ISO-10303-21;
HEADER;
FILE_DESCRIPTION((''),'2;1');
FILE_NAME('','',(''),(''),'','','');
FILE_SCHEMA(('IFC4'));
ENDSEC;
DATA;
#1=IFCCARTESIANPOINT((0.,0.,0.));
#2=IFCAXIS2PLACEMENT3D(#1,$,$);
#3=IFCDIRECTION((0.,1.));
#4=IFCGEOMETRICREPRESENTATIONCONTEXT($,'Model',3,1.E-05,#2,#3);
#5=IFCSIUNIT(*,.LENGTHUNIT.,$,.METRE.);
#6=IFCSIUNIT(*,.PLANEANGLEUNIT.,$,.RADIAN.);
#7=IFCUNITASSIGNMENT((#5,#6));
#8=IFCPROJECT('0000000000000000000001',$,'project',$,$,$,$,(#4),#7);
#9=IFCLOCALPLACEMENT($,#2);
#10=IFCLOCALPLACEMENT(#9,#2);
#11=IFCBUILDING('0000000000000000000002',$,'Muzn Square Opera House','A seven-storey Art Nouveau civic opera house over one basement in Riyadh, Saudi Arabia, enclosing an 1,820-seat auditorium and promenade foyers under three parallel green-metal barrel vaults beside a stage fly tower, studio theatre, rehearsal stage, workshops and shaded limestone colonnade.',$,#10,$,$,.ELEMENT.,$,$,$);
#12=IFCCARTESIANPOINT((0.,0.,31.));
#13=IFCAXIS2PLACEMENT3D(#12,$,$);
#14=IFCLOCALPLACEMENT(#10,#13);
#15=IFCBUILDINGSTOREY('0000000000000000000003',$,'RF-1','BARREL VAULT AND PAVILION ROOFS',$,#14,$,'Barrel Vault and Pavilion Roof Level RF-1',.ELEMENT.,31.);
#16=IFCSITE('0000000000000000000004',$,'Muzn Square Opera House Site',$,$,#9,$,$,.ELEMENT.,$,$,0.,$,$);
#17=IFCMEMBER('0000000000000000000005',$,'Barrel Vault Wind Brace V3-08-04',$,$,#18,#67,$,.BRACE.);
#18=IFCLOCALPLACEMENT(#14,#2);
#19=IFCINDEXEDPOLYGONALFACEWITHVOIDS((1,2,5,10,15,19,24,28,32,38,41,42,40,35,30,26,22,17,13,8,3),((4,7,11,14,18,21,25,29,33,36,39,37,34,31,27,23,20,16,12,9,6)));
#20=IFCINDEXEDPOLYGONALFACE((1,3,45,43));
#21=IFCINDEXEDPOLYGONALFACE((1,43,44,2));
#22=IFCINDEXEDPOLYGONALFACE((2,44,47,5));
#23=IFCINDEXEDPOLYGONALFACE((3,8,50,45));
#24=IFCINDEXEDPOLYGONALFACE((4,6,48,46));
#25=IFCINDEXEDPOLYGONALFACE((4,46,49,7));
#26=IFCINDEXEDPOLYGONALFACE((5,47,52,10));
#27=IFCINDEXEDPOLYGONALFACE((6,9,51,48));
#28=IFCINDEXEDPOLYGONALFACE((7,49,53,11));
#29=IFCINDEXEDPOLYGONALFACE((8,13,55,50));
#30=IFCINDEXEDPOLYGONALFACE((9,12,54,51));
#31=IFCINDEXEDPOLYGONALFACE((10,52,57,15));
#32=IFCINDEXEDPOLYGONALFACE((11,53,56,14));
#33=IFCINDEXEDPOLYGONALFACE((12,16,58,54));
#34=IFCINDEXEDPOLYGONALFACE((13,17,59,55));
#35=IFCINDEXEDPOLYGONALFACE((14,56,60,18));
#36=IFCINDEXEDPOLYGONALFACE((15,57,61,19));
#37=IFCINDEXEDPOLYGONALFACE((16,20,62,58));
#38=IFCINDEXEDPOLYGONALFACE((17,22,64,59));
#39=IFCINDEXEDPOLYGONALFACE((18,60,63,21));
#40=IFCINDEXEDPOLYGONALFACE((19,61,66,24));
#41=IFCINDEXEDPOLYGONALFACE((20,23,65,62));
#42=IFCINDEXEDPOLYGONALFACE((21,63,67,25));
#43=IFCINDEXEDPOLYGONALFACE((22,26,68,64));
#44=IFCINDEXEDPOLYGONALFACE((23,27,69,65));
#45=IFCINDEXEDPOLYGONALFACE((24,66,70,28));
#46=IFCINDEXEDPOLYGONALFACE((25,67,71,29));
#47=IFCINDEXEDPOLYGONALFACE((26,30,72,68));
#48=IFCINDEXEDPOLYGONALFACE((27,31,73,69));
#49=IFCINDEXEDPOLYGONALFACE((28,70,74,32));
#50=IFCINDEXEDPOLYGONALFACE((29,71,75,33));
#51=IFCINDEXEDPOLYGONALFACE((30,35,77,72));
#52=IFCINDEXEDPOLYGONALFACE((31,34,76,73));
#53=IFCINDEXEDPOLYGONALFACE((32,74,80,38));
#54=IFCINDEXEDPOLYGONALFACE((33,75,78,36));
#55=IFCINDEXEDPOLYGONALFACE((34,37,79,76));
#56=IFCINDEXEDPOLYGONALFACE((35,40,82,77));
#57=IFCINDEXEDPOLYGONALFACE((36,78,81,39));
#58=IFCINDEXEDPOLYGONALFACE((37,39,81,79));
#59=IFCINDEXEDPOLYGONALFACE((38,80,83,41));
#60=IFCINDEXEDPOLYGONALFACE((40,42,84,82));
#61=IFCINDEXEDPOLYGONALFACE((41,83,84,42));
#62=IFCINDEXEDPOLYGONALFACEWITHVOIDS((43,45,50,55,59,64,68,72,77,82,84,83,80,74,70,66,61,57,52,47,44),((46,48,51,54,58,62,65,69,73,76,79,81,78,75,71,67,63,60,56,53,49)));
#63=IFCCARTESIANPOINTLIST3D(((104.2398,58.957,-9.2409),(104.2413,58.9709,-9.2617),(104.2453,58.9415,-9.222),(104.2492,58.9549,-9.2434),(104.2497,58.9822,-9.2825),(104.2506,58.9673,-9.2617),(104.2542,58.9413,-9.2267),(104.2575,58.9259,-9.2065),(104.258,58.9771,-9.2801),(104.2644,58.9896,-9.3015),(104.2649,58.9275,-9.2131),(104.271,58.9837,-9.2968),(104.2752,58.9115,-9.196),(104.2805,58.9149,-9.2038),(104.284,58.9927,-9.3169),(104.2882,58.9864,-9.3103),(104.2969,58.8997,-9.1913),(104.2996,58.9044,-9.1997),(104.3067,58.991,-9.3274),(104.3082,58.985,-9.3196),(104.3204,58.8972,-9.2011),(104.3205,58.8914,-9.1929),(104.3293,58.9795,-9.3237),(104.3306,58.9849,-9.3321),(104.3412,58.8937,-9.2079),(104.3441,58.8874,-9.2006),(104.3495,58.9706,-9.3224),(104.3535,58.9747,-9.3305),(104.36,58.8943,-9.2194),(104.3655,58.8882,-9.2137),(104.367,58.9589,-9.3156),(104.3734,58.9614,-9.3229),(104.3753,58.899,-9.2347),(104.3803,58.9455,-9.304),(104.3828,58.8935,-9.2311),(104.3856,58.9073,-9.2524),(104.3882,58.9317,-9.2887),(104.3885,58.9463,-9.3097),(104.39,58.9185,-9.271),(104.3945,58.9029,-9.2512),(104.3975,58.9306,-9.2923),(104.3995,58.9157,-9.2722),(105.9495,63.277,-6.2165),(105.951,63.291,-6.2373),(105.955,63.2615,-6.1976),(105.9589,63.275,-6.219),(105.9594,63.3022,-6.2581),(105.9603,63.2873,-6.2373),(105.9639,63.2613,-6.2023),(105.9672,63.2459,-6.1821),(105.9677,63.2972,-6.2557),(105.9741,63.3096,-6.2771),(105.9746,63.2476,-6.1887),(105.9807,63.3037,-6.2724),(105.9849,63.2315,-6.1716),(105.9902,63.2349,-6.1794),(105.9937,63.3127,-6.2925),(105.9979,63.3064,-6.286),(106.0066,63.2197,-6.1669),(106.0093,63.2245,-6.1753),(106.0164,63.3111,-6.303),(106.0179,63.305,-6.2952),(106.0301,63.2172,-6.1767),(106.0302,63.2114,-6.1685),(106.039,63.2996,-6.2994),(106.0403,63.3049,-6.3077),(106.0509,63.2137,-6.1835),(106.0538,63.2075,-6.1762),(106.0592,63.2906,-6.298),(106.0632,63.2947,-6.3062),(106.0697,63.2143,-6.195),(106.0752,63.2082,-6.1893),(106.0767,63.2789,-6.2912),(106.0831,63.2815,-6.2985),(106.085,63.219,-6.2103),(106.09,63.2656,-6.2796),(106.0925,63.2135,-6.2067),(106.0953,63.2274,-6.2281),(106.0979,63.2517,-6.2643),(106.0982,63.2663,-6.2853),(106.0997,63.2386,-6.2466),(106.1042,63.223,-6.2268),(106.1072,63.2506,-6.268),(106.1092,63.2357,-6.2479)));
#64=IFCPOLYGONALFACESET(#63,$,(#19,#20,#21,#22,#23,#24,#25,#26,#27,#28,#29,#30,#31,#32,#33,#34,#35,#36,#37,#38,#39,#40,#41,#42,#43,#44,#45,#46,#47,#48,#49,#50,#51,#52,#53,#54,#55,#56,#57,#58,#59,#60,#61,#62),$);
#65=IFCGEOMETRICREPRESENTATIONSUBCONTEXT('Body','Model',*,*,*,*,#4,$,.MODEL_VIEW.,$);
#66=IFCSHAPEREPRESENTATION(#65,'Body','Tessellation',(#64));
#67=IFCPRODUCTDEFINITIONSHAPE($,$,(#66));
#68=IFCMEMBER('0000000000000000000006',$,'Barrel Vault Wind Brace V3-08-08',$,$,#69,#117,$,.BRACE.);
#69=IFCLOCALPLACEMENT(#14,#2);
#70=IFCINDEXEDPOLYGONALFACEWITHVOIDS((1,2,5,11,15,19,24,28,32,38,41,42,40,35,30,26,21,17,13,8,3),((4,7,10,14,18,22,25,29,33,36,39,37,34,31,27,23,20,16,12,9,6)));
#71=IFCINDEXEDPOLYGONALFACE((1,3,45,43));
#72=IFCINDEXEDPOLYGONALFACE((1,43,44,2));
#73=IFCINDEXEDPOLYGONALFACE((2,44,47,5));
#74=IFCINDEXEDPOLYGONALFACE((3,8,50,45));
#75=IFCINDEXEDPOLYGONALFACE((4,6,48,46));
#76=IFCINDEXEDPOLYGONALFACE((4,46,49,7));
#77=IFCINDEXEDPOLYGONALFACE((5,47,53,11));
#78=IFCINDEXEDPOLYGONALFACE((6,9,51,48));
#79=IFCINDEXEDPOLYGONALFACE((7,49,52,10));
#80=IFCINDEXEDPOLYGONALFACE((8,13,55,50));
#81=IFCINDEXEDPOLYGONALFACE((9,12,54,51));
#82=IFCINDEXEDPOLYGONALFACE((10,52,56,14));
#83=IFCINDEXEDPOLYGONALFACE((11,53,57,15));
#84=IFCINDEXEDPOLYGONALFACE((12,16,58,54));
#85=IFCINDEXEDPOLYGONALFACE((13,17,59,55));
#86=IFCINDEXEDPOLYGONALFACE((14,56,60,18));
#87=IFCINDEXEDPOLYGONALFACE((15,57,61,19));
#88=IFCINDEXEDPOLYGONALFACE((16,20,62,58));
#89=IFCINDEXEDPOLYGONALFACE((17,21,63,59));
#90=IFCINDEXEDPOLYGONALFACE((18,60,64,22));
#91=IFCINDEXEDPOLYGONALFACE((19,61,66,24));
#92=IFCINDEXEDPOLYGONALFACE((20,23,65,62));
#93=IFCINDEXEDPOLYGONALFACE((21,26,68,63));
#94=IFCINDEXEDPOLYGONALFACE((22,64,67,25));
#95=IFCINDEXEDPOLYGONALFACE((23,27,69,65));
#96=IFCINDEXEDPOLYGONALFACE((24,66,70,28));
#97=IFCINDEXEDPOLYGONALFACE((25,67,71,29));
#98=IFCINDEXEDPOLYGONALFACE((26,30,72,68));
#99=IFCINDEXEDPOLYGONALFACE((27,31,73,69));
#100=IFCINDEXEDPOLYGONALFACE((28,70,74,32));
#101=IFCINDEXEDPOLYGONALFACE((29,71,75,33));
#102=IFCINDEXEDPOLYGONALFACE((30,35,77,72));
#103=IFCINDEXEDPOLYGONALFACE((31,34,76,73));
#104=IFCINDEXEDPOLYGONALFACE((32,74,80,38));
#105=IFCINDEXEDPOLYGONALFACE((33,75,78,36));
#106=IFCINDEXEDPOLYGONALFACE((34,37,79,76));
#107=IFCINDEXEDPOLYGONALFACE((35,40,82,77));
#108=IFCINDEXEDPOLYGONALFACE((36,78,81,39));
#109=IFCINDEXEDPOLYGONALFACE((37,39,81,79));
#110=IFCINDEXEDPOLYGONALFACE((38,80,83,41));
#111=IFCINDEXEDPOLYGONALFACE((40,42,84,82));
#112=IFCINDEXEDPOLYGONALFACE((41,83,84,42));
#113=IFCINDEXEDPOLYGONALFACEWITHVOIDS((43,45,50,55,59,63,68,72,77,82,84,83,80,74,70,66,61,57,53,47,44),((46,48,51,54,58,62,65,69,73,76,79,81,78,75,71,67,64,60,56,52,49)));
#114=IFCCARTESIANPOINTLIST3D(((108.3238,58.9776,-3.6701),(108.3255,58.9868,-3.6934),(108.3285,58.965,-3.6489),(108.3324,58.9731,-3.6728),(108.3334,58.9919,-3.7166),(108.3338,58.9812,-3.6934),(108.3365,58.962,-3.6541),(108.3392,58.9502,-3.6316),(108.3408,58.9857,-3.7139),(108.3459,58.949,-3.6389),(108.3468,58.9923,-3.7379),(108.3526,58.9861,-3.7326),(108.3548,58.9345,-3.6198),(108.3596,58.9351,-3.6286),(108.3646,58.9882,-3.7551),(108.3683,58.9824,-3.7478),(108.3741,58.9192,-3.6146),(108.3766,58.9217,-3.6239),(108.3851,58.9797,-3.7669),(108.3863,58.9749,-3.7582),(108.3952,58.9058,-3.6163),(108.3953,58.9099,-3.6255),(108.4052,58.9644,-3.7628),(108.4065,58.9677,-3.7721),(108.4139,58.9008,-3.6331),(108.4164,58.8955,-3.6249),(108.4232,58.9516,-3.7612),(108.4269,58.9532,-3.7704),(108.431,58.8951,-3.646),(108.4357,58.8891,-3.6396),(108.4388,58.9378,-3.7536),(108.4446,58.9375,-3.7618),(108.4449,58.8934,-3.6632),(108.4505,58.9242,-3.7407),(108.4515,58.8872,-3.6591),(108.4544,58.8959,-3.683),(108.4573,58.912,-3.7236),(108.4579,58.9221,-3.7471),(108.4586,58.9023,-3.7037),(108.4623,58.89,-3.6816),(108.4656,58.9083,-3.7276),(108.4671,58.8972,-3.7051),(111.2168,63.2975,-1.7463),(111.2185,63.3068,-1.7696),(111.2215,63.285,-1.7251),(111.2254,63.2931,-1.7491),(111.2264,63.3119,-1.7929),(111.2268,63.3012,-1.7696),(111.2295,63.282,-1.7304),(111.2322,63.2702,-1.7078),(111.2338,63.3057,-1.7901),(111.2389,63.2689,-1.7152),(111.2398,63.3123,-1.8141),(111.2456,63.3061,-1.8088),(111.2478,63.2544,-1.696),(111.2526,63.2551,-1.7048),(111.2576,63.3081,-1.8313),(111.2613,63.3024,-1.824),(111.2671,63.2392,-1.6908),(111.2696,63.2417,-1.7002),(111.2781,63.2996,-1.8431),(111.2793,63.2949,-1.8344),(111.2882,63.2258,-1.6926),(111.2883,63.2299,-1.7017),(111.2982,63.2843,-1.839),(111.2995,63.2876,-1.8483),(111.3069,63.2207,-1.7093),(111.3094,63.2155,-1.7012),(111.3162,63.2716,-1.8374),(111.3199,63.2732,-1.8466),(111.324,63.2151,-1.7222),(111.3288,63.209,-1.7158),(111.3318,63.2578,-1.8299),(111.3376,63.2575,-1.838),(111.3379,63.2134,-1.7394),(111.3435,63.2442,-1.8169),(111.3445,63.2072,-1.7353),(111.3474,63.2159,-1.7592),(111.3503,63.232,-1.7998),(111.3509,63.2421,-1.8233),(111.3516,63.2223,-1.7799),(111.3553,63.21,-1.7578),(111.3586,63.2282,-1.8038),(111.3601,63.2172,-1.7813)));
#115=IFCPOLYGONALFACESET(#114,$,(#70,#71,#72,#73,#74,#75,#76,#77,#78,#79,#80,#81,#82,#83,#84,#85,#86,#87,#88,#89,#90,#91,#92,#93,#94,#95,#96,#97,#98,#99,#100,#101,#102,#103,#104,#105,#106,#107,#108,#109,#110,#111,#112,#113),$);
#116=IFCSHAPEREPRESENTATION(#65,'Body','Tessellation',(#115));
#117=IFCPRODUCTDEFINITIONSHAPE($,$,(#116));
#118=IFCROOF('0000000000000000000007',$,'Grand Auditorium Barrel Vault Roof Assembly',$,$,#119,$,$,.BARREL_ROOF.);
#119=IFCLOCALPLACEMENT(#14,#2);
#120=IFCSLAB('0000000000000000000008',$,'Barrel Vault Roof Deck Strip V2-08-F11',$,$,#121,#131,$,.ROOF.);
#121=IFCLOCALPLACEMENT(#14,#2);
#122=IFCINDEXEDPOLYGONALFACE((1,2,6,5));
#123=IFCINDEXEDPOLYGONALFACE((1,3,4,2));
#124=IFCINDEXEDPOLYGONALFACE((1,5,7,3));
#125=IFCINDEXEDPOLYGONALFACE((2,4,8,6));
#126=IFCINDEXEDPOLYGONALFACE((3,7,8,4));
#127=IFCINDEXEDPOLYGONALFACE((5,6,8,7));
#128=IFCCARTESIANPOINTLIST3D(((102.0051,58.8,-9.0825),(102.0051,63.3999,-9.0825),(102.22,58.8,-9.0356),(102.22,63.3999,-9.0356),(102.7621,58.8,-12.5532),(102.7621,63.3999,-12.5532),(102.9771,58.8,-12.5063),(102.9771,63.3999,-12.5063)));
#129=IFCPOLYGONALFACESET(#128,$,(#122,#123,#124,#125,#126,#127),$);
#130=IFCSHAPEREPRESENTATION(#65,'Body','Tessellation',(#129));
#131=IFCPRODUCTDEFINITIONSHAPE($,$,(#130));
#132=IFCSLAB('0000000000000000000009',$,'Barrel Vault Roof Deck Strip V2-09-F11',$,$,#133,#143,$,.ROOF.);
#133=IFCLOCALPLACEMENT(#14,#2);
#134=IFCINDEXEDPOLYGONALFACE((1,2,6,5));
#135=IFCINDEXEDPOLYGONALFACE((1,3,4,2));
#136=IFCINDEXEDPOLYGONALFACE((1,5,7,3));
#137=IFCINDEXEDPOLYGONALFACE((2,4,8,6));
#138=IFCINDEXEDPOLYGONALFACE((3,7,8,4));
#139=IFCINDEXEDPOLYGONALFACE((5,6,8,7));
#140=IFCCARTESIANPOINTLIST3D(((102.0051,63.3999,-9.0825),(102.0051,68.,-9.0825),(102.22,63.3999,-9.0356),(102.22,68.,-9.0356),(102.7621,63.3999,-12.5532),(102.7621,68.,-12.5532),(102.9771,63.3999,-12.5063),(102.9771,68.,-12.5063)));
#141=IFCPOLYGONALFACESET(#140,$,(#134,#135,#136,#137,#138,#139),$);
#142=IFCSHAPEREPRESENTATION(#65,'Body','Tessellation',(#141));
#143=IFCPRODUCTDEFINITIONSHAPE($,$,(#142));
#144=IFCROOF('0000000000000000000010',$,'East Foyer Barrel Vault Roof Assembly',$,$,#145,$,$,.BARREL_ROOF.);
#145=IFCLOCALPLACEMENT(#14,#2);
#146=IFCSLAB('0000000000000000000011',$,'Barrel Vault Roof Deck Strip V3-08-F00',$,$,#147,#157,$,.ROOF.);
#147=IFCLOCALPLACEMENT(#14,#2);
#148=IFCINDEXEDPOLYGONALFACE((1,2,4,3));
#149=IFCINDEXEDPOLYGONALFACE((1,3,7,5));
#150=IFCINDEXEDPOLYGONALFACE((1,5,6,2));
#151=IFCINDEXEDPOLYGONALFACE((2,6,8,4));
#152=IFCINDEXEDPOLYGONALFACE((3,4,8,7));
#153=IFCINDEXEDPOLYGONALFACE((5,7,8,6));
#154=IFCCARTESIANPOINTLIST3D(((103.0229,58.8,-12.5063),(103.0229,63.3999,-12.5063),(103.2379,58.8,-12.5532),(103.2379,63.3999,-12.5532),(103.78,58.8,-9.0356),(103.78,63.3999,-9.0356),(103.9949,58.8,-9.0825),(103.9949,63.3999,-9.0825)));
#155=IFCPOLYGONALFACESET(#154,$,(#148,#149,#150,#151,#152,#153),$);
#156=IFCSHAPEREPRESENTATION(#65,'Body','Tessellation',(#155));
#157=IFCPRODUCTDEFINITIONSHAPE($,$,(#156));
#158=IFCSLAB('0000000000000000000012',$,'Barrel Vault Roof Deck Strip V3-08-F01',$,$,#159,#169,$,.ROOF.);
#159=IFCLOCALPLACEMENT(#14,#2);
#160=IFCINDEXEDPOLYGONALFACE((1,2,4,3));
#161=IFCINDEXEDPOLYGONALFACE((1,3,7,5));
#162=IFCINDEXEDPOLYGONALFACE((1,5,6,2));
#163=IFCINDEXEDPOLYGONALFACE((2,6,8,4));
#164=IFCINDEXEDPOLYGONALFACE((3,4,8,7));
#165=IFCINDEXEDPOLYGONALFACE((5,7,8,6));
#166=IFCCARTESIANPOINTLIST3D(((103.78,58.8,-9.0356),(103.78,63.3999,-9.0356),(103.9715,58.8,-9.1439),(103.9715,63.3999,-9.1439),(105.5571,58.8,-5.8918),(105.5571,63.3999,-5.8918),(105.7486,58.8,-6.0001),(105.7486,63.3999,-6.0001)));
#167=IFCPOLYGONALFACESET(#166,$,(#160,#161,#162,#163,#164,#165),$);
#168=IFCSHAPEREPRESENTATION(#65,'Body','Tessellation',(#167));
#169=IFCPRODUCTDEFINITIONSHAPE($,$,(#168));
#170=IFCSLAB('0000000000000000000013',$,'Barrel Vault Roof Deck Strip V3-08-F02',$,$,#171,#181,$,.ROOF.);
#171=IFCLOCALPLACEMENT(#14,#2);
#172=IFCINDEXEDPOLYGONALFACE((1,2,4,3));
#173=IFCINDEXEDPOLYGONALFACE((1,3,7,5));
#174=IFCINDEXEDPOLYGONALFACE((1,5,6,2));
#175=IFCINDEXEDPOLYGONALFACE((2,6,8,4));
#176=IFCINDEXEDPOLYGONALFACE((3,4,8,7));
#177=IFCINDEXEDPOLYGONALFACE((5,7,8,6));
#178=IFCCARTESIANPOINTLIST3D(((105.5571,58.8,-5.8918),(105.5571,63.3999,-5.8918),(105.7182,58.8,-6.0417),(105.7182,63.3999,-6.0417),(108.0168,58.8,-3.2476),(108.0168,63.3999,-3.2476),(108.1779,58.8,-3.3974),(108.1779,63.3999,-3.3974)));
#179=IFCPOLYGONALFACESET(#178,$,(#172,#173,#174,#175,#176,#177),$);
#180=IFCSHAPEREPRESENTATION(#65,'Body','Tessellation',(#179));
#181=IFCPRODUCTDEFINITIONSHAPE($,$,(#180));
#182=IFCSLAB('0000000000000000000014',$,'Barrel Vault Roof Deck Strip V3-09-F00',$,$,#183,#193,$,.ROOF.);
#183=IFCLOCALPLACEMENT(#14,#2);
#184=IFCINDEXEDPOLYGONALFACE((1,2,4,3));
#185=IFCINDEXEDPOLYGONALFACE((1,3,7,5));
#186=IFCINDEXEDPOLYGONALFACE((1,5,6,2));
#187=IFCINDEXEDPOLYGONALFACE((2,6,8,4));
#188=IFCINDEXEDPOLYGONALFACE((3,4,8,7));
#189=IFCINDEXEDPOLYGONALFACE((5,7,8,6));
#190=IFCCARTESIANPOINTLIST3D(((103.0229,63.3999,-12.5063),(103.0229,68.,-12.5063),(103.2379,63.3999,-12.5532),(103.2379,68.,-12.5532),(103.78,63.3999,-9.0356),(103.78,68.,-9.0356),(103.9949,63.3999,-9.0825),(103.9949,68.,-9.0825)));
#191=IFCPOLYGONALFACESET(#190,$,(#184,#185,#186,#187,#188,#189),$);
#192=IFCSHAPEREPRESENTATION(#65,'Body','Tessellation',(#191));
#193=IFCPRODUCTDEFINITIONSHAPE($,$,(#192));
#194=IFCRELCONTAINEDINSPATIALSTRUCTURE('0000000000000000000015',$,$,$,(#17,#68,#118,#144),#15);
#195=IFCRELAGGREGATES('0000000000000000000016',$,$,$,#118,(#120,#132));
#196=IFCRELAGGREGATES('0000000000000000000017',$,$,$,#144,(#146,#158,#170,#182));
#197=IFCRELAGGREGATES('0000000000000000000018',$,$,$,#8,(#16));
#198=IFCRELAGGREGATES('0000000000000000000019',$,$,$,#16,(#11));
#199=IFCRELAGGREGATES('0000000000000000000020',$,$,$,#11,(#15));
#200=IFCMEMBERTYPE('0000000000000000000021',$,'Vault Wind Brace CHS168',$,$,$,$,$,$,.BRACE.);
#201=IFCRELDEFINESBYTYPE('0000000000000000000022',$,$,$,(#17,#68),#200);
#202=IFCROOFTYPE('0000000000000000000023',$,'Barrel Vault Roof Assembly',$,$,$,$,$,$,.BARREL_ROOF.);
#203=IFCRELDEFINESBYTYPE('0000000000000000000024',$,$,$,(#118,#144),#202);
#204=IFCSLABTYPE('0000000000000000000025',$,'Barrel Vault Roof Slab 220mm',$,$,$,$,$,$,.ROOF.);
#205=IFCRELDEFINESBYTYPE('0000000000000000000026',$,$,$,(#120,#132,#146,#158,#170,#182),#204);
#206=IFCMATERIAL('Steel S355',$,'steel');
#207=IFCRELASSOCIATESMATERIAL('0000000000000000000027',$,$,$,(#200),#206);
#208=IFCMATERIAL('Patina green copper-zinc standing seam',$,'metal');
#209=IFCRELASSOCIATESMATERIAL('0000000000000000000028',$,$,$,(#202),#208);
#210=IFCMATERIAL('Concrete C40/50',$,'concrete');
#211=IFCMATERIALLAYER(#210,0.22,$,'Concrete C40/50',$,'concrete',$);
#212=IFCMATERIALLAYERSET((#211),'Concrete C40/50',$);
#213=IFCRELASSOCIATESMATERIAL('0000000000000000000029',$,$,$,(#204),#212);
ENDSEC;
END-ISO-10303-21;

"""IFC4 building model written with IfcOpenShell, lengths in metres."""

from ifc_helpers import new_model, si_unit, direction, frame, origin, origin_2d, place, context, subcontext, project, spatial, polyline, hollow_circle, outline, extrude, material, layer, layer_set, material_profile, profile_set, type_object, element, aggregate, save


model = new_model("IFC4")

# Units and contexts
model_context = context("Model", 3, precision=1e-05, world=origin(), true_north=direction((0.0, 1.0)))
body_context = subcontext(model_context, "Body", "Model", "MODEL_VIEW")
ifc_project = project(units=[si_unit("LENGTHUNIT", "METRE"), si_unit("PLANEANGLEUNIT", "RADIAN")], contexts=[model_context])

# Site, building, storey
site_placement = place(None, origin())
site = spatial("IfcSite", under=ifc_project, at=site_placement, Name="Muzn Square Opera House Site", CompositionType="ELEMENT", RefElevation=0.0)
building_placement = place(site_placement, origin())
building = spatial("IfcBuilding", under=site, at=building_placement, Name="Muzn Square Opera House", Description="A seven-storey Art Nouveau civic opera house over one basement in Riyadh, Saudi Arabia, enclosing an 1,820-seat auditorium and promenade foyers under three parallel green-metal barrel vaults beside a stage fly tower, studio theatre, rehearsal stage, workshops and shaded limestone colonnade.", CompositionType="ELEMENT")
storey_placement = place(building_placement, frame((0.0, 0.0, 31.0)))
storey = spatial("IfcBuildingStorey", under=building, at=storey_placement, Name="RF-1", Description="BARREL VAULT AND PAVILION ROOFS", LongName="Barrel Vault and Pavilion Roof Level RF-1", CompositionType="ELEMENT", Elevation=31.0)

# Shared definitions
ifc_material_1 = material(Name="Steel S355", Category="steel")

# Members
ifc_material_profile_1 = material_profile(ifc_material_1, hollow_circle(Radius=0.0842, WallThickness=0.01, at=origin_2d()), Name="CHS 168.3x10", Category="steel")
ifc_profile_set_1 = profile_set([ifc_material_profile_1], Name="Steel S355")
member_type = type_object("IfcMemberType", Name="Vault Wind Brace CHS168", PredefinedType="BRACE", material=ifc_profile_set_1)
for number, where, z_axis, x_axis, name in (
    (1, (104.3196, 58.9399, -9.2617), (0.308404, 0.779268, 0.545553), (-0.929829, 0.367991, 0.0), "Barrel Vault Wind Brace V3-08-04"),
    (2, (108.3955, 58.9399, -3.6934), (0.521854, 0.779258, 0.347022), (-0.830893, 0.556433, 0.0), "Barrel Vault Wind Brace V3-08-08"),
):
    element("IfcMember", number, at=place(storey_placement, frame(where, z_axis=z_axis, x_axis=x_axis)), inside=storey, type_object=member_type, Name=name, PredefinedType="BRACE", context=body_context, shape_type="SweptSolid", body=[
        extrude(hollow_circle(Radius=0.0842, WallThickness=0.01, at=origin_2d()), origin(), (0.0, 0.0, 1.0), 5.5437),
    ])

# Roofs, slabs
ifc_material_2 = material(Name="Patina green copper-zinc standing seam", Category="metal")
roof_type = type_object("IfcRoofType", Name="Barrel Vault Roof Assembly", PredefinedType="BARREL_ROOF", material=ifc_material_2)
roof_1_placement = place(storey_placement, origin())
roof_1 = element("IfcRoof", 3, at=roof_1_placement, inside=storey, type_object=roof_type, Name="Grand Auditorium Barrel Vault Roof Assembly", PredefinedType="BARREL_ROOF")
ifc_material_3 = material(Name="Concrete C40/50", Category="concrete")
ifc_layer_1 = layer(ifc_material_3, 0.22, Name="Concrete C40/50", Category="concrete")
ifc_layer_set_1 = layer_set([ifc_layer_1], Name="Concrete C40/50")
slab_type = type_object("IfcSlabType", Name="Barrel Vault Roof Slab 220mm", PredefinedType="ROOF", material=ifc_layer_set_1)
slab_1_placement = place(storey_placement, frame((102.22, 58.8, -9.0356), z_axis=(0.977025, 0.0, 0.213123), x_axis=(0.213123, 0.0, -0.977025)))
slab_1 = element("IfcSlab", 4, at=slab_1_placement, type_object=slab_type, Name="Barrel Vault Roof Deck Strip V2-08-F11", PredefinedType="ROOF", context=body_context, shape_type="SweptSolid", body=[
    extrude(outline(polyline([(0.0, 0.0), (3.5523, 0.0), (3.5523, 4.5999), (0.0, 4.5999), (0.0, 0.0)])), origin(), (0.0, 0.0, -1.0), 0.22),
])
slab_2_placement = place(storey_placement, frame((102.22, 63.3999, -9.0356), z_axis=(0.977025, 0.0, 0.213123), x_axis=(0.213123, 0.0, -0.977025)))
slab_2 = element("IfcSlab", 5, at=slab_2_placement, type_object=slab_type, Name="Barrel Vault Roof Deck Strip V2-09-F11", PredefinedType="ROOF", context=body_context, shape_type="SweptSolid", body=[
    extrude(outline(polyline([(0.0, 0.0), (3.5523, 0.0), (3.5523, 4.6001), (0.0, 4.6001), (0.0, 0.0)])), origin(), (0.0, 0.0, -1.0), 0.22),
])
aggregate(roof_1, [slab_1, slab_2])
roof_2_placement = place(storey_placement, origin())
roof_2 = element("IfcRoof", 6, at=roof_2_placement, inside=storey, type_object=roof_type, Name="East Foyer Barrel Vault Roof Assembly", PredefinedType="BARREL_ROOF")
slab_3_placement = place(storey_placement, frame((103.78, 58.8, -9.0356), z_axis=(-0.977025, 0.0, 0.213123), x_axis=(0.0, 1.0, 0.0)))
slab_3 = element("IfcSlab", 7, at=slab_3_placement, type_object=slab_type, Name="Barrel Vault Roof Deck Strip V3-08-F00", PredefinedType="ROOF", context=body_context, shape_type="SweptSolid", body=[
    extrude(outline(polyline([(0.0, 3.5523), (0.0, 0.0), (4.5999, 0.0), (4.5999, 3.5523), (0.0, 3.5523)])), origin(), (0.0, 0.0, -1.0), 0.22),
])
slab_4_placement = place(storey_placement, frame((105.5571, 58.8, -5.8918), z_axis=(-0.870543, 0.0, 0.492093), x_axis=(0.0, 1.0, 0.0)))
slab_4 = element("IfcSlab", 8, at=slab_4_placement, type_object=slab_type, Name="Barrel Vault Roof Deck Strip V3-08-F01", PredefinedType="ROOF", context=body_context, shape_type="SweptSolid", body=[
    extrude(outline(polyline([(0.0, 3.6113), (0.0, 0.0), (4.5999, 0.0), (4.5999, 3.6113), (0.0, 3.6113)])), origin(), (0.0, 0.0, -1.0), 0.22),
])
slab_5_placement = place(storey_placement, frame((108.0168, 58.8, -3.2476), z_axis=(-0.732198, 0.0, 0.681091), x_axis=(0.0, 1.0, 0.0)))
slab_5 = element("IfcSlab", 9, at=slab_5_placement, type_object=slab_type, Name="Barrel Vault Roof Deck Strip V3-08-F02", PredefinedType="ROOF", context=body_context, shape_type="SweptSolid", body=[
    extrude(outline(polyline([(0.0, 3.6114), (0.0, 0.0), (4.5999, 0.0), (4.5999, 3.6114), (0.0, 3.6114)])), origin(), (0.0, 0.0, -1.0), 0.22),
])
slab_6_placement = place(storey_placement, frame((103.78, 63.3999, -9.0356), z_axis=(-0.977025, 0.0, 0.213123), x_axis=(0.0, 1.0, 0.0)))
slab_6 = element("IfcSlab", 10, at=slab_6_placement, type_object=slab_type, Name="Barrel Vault Roof Deck Strip V3-09-F00", PredefinedType="ROOF", context=body_context, shape_type="SweptSolid", body=[
    extrude(outline(polyline([(0.0, 3.5523), (0.0, 0.0), (4.6001, 0.0), (4.6001, 3.5523), (0.0, 3.5523)])), origin(), (0.0, 0.0, -1.0), 0.22),
])
aggregate(roof_2, [slab_3, slab_4, slab_5, slab_6])

save(model, "model.ifc")
